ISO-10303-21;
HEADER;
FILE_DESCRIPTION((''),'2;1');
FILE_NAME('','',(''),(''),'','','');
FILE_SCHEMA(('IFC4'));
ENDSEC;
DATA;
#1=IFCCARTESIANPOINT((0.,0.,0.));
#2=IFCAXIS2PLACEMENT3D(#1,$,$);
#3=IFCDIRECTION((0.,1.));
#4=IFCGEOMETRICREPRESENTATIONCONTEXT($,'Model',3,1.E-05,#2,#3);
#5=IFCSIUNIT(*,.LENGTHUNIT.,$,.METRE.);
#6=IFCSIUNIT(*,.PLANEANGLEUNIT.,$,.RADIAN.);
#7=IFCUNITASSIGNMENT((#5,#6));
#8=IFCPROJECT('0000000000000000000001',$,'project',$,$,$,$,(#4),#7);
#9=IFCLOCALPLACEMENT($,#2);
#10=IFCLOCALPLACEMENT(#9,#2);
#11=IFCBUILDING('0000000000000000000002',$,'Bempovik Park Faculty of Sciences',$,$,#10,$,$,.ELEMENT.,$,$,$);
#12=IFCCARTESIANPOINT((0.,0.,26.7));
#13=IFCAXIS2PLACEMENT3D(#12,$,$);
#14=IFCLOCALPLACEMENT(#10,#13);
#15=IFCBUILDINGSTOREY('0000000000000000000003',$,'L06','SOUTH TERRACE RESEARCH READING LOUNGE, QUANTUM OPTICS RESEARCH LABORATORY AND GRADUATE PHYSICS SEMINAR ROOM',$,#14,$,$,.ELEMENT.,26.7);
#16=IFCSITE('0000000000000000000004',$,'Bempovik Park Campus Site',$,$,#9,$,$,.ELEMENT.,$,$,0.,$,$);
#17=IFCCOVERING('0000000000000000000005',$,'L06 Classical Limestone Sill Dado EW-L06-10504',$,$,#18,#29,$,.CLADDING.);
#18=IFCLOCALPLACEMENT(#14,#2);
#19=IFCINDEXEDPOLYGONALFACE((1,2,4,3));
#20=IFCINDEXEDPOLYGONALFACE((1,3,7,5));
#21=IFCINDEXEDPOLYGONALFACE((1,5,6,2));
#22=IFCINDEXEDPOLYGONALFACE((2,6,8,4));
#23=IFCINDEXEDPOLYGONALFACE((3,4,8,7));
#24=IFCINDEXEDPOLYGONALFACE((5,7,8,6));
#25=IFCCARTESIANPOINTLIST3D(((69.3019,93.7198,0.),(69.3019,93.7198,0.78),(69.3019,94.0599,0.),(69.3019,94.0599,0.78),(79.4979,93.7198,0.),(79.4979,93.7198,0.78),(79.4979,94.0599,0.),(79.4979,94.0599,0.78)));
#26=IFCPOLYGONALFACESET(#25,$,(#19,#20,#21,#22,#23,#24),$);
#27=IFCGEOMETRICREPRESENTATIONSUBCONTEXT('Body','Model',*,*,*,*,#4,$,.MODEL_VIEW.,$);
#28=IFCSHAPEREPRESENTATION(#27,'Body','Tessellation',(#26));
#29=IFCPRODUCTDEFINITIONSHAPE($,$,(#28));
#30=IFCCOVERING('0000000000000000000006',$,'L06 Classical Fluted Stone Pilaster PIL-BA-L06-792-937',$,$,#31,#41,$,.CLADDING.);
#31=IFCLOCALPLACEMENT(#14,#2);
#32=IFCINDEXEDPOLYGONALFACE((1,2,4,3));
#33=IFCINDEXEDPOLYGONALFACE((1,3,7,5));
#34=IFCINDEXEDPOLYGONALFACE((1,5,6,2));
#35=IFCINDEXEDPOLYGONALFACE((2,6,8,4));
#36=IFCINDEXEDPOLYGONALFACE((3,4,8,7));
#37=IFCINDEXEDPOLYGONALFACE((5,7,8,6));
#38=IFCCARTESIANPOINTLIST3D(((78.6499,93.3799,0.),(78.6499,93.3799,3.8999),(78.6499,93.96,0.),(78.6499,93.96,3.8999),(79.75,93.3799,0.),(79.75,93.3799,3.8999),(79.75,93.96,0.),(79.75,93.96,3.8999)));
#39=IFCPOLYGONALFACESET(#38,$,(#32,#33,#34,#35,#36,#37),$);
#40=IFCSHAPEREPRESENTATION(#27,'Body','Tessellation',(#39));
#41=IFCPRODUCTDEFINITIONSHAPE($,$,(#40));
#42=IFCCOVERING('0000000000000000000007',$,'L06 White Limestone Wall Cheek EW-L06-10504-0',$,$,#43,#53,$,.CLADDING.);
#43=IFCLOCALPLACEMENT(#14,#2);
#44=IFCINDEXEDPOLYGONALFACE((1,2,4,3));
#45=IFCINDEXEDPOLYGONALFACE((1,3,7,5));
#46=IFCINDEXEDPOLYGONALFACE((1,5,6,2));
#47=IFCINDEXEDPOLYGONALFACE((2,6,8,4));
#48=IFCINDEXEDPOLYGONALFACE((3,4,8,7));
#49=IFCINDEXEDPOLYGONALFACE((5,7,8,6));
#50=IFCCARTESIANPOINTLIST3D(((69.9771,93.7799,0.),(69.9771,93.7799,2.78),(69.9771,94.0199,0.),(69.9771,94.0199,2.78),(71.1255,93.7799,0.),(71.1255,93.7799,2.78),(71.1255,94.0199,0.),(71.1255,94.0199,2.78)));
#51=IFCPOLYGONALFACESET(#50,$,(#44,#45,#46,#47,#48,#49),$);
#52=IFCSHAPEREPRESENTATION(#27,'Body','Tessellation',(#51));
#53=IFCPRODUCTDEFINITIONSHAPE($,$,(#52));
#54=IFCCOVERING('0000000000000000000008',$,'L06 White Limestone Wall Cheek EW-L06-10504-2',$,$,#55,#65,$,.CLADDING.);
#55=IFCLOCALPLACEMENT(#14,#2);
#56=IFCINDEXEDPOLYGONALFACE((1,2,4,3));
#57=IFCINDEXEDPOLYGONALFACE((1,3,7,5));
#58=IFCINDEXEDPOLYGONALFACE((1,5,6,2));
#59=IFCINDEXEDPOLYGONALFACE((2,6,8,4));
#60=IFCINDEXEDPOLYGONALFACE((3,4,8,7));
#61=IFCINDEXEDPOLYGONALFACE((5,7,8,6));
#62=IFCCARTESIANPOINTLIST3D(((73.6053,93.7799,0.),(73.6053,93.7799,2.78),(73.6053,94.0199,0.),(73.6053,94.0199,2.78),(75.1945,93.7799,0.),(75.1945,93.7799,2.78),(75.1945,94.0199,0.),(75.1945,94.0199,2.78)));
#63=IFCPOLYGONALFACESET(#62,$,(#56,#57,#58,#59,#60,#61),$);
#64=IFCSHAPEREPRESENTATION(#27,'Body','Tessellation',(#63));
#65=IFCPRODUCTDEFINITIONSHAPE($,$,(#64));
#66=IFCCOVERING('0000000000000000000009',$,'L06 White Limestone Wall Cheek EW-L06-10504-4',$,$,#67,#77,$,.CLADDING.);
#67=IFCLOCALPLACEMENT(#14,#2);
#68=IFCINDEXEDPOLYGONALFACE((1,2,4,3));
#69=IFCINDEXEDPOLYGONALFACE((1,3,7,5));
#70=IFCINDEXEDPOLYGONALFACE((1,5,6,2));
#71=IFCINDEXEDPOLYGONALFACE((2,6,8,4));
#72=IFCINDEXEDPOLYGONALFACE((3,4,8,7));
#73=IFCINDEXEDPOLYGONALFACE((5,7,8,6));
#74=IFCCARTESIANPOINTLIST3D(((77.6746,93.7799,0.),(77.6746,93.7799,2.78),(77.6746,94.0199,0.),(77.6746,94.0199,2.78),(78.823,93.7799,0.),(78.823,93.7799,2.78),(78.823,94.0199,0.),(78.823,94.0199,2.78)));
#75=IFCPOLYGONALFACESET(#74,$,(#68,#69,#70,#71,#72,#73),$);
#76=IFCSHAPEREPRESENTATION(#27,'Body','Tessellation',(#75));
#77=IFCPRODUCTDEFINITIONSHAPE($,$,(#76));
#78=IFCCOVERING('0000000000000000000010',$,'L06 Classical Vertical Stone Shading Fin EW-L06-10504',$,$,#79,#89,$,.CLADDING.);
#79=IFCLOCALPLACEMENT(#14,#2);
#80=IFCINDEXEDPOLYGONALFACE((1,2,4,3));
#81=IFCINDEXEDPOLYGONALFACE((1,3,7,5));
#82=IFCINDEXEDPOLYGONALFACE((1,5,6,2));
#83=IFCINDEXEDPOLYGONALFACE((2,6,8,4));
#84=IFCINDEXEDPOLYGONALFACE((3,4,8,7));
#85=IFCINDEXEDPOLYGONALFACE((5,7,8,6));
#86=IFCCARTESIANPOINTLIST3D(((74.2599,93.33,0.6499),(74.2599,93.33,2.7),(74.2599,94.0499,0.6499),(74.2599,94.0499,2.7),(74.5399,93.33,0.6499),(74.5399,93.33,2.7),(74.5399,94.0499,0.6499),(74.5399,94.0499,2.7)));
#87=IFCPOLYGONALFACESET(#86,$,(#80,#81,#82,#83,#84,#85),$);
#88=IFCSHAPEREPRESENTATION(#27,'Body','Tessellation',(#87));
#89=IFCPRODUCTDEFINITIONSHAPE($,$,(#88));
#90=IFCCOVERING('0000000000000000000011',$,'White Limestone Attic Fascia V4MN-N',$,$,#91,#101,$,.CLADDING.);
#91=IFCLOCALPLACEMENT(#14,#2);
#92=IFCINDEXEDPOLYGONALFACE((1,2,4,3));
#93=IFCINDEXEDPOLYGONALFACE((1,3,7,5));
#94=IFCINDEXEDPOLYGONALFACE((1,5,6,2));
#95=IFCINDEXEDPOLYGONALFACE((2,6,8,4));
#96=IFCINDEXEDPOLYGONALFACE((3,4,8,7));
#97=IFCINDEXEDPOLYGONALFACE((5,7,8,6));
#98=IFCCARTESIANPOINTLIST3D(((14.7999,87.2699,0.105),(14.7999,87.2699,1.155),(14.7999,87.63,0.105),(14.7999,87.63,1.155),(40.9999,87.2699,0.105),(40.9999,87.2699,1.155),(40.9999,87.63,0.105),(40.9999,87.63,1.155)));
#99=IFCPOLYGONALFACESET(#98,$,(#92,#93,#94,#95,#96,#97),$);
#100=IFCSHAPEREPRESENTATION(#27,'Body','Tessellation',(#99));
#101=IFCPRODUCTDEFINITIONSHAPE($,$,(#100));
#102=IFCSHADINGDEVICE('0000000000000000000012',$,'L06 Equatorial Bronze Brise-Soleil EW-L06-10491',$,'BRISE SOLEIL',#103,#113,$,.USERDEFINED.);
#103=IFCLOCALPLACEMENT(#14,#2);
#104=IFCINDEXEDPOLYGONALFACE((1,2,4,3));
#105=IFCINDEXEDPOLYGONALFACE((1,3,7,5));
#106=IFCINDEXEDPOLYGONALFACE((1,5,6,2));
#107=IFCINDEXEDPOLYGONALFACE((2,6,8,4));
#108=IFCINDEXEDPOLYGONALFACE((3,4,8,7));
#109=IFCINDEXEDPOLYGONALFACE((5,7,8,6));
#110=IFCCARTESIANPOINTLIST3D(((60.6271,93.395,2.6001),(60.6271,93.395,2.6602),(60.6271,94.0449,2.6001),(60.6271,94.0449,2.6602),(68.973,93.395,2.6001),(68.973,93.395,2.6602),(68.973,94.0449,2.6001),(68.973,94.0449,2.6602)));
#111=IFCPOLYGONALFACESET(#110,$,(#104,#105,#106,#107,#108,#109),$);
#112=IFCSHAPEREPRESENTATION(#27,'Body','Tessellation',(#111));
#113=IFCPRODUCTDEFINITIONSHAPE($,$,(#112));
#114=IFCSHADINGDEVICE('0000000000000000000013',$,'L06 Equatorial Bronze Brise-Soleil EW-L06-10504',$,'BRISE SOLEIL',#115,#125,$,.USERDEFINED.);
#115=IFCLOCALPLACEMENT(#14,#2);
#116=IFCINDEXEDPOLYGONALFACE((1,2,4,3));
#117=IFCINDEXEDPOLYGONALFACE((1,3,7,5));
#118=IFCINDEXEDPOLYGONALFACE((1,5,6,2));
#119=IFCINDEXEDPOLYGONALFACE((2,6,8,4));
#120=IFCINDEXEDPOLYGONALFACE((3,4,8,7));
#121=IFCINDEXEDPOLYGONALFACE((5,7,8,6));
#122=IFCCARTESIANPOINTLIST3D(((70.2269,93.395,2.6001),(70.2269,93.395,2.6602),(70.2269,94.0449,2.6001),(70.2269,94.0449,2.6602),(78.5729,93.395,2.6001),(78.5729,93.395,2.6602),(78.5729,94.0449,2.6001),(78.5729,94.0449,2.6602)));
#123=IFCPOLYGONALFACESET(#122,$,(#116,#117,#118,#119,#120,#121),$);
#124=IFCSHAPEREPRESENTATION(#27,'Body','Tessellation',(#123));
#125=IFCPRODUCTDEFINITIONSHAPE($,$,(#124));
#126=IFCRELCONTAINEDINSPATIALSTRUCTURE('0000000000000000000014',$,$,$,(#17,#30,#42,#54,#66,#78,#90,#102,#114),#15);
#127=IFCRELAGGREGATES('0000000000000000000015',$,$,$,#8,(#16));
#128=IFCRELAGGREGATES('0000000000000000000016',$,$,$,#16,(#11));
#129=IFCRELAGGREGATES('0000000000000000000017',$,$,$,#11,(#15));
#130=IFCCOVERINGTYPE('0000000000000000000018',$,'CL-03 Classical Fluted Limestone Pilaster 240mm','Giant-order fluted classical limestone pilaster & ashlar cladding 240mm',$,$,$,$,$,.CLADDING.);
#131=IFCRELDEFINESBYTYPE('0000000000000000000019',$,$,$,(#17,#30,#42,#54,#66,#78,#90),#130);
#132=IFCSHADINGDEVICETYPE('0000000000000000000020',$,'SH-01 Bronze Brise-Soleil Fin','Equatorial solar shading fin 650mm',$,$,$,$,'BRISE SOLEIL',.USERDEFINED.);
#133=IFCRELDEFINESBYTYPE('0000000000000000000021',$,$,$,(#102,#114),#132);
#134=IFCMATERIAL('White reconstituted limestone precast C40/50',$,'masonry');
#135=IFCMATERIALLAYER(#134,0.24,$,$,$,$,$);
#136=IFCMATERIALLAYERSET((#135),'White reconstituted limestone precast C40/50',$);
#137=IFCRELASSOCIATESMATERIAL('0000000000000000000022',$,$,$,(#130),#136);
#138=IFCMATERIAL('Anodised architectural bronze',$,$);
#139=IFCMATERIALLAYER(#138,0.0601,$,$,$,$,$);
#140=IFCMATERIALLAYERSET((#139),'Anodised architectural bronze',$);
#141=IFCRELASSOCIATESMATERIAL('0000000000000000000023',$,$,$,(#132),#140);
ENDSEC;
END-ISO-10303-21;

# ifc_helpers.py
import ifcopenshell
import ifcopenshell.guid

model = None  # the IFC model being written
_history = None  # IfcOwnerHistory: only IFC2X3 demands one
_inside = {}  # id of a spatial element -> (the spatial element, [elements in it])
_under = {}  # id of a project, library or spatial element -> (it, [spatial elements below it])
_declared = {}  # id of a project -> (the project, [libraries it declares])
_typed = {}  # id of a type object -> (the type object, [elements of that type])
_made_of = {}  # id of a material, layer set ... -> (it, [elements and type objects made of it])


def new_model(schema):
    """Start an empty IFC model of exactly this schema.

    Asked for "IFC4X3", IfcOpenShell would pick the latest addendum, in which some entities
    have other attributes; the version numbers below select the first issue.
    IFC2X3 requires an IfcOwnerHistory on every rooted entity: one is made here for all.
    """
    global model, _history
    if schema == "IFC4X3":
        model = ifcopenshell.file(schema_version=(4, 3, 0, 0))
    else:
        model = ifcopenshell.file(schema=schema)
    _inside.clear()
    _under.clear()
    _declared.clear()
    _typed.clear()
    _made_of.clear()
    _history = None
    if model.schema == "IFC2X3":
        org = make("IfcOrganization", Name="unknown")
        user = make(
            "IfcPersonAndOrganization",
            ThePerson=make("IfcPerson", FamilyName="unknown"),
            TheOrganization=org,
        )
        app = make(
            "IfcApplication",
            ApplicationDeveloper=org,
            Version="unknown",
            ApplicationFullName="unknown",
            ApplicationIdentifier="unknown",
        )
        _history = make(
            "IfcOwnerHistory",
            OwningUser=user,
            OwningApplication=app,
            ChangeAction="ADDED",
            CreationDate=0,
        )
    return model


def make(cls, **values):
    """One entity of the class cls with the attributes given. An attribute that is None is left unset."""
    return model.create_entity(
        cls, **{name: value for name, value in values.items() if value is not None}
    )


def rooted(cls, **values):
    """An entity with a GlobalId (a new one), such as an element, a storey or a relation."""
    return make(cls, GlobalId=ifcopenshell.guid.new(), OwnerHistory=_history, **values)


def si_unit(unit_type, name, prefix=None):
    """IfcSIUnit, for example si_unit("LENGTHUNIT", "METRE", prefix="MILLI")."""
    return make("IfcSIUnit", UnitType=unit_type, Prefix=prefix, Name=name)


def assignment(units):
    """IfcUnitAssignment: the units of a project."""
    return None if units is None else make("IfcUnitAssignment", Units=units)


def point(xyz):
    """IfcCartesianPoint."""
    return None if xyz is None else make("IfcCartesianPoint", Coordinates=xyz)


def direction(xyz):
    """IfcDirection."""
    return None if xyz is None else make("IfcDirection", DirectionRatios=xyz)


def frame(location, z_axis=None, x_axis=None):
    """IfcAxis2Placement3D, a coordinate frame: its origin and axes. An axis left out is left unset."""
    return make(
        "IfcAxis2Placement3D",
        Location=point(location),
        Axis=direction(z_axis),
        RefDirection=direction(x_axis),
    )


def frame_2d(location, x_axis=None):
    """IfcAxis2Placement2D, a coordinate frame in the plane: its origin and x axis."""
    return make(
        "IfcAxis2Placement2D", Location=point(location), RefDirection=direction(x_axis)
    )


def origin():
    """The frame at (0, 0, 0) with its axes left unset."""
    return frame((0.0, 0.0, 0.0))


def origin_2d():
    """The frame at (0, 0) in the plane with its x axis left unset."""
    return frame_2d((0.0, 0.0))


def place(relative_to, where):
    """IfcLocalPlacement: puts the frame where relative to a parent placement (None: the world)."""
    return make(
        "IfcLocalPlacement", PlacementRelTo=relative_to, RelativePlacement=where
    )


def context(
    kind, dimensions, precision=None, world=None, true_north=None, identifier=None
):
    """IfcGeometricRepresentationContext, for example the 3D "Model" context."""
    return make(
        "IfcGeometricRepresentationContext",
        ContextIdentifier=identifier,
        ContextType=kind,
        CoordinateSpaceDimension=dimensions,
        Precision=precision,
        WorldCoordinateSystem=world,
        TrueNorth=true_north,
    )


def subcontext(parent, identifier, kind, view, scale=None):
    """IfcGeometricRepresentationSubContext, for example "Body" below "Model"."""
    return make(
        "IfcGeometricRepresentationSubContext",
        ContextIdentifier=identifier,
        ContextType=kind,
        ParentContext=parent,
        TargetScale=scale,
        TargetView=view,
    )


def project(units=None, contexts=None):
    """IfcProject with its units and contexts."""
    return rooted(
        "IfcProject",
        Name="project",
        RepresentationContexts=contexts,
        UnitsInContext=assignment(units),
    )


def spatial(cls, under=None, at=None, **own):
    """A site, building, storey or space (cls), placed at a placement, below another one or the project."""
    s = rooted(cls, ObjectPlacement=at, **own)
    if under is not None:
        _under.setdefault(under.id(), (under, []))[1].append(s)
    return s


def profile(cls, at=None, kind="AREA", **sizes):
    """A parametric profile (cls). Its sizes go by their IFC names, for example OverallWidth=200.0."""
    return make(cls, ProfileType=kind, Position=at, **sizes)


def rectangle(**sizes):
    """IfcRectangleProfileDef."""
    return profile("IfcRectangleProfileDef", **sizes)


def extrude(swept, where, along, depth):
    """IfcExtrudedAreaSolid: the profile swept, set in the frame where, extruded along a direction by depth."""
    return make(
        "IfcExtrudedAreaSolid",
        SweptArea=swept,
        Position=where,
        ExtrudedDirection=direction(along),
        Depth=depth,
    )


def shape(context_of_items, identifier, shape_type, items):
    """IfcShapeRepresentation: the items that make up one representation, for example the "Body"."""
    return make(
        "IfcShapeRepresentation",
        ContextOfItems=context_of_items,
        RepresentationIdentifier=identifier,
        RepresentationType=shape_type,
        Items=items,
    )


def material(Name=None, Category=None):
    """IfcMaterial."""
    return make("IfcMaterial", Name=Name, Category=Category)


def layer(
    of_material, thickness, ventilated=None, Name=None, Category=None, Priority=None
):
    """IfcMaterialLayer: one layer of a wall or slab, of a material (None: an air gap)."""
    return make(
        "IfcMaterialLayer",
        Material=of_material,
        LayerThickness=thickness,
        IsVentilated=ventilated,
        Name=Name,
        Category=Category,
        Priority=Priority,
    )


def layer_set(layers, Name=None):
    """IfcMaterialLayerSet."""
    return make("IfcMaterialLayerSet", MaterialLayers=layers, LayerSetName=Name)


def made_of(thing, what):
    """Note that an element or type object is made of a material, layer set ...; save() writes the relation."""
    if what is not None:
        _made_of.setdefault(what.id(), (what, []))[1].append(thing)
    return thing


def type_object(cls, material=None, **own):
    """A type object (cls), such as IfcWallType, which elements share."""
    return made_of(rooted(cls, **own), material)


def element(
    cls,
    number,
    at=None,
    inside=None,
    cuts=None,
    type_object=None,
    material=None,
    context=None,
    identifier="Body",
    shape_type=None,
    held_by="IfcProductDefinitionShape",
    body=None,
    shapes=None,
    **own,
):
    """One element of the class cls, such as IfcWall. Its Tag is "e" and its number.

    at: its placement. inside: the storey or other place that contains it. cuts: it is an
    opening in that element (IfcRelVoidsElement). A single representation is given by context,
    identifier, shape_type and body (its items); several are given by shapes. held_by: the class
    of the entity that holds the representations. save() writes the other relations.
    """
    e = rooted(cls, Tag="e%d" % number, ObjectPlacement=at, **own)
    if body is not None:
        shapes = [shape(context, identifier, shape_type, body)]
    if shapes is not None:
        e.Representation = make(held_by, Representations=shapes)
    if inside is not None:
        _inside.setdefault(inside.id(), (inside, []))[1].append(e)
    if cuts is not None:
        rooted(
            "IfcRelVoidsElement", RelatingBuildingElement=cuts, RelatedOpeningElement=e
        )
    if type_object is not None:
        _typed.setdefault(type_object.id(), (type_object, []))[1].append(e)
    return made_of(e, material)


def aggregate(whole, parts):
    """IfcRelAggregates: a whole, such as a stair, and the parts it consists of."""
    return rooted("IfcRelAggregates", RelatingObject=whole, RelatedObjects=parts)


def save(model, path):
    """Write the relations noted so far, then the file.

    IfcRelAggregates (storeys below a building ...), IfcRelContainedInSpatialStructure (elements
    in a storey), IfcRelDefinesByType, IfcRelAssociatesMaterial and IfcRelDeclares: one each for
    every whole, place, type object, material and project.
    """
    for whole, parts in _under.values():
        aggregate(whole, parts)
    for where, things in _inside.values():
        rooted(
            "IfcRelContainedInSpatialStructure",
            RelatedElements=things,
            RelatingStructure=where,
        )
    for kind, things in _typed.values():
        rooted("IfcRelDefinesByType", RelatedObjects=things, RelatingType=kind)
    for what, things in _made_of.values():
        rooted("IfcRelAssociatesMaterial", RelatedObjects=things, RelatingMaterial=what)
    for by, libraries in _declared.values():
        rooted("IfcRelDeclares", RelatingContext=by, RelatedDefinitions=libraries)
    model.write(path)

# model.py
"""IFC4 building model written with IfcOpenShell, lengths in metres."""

from ifc_helpers import new_model, si_unit, direction, frame, origin, origin_2d, place, context, subcontext, project, spatial, rectangle, extrude, material, layer, layer_set, type_object, element, save


model = new_model("IFC4")

# Units and contexts
model_context = context("Model", 3, precision=1e-05, world=origin(), true_north=direction((0.0, 1.0)))
body_context = subcontext(model_context, "Body", "Model", "MODEL_VIEW")
ifc_project = project(units=[si_unit("LENGTHUNIT", "METRE"), si_unit("PLANEANGLEUNIT", "RADIAN")], contexts=[model_context])

# Site, building, storey
site_placement = place(None, origin())
site = spatial("IfcSite", under=ifc_project, at=site_placement, Name="Bempovik Park Campus Site", CompositionType="ELEMENT", RefElevation=0.0)
building_placement = place(site_placement, origin())
building = spatial("IfcBuilding", under=site, at=building_placement, Name="Bempovik Park Faculty of Sciences", CompositionType="ELEMENT")
storey_placement = place(building_placement, frame((0.0, 0.0, 26.7)))
storey = spatial("IfcBuildingStorey", under=building, at=storey_placement, Name="L06", Description="SOUTH TERRACE RESEARCH READING LOUNGE, QUANTUM OPTICS RESEARCH LABORATORY AND GRADUATE PHYSICS SEMINAR ROOM", CompositionType="ELEMENT", Elevation=26.7)

# Coverings
ifc_material_1 = material(Name="White reconstituted limestone precast C40/50", Category="masonry")
ifc_layer_1 = layer(ifc_material_1, 0.24)
ifc_layer_set_1 = layer_set([ifc_layer_1], Name="White reconstituted limestone precast C40/50")
covering_type_1 = type_object("IfcCoveringType", Name="CL-03 Classical Fluted Limestone Pilaster 240mm", Description="Giant-order fluted classical limestone pilaster & ashlar cladding 240mm", PredefinedType="CLADDING", material=ifc_layer_set_1)
covering_1_placement = place(storey_placement, frame((74.3999, 93.8899, 0.0), z_axis=(0.0, 0.0, 1.0), x_axis=(1.0, 0.0, 0.0)))
element("IfcCovering", 1, at=covering_1_placement, inside=storey, type_object=covering_type_1, Name="L06 Classical Limestone Sill Dado EW-L06-10504", PredefinedType="CLADDING", context=body_context, shape_type="SweptSolid", body=[
    extrude(rectangle(XDim=10.196, YDim=0.3401, at=origin_2d()), origin(), (0.0, 0.0, 1.0), 0.78),
])
covering_2_placement = place(storey_placement, frame((79.2, 93.6699, 0.0), z_axis=(0.0, 0.0, 1.0), x_axis=(1.0, 0.0, 0.0)))
element("IfcCovering", 2, at=covering_2_placement, inside=storey, type_object=covering_type_1, Name="L06 Classical Fluted Stone Pilaster PIL-BA-L06-792-937", PredefinedType="CLADDING", context=body_context, shape_type="SweptSolid", body=[
    extrude(rectangle(XDim=1.1001, YDim=0.5801, at=origin_2d()), origin(), (0.0, 0.0, 1.0), 3.8999),
])
covering_3_placement = place(storey_placement, frame((70.5513, 93.8999, 0.0), z_axis=(0.0, 0.0, 1.0), x_axis=(1.0, 0.0, 0.0)))
element("IfcCovering", 3, at=covering_3_placement, inside=storey, type_object=covering_type_1, Name="L06 White Limestone Wall Cheek EW-L06-10504-0", PredefinedType="CLADDING", context=body_context, shape_type="SweptSolid", body=[
    extrude(rectangle(XDim=1.1484, YDim=0.24, at=origin_2d()), origin(), (0.0, 0.0, 1.0), 2.78),
])
covering_4_placement = place(storey_placement, frame((74.3999, 93.8999, 0.0), z_axis=(0.0, 0.0, 1.0), x_axis=(1.0, 0.0, 0.0)))
element("IfcCovering", 4, at=covering_4_placement, inside=storey, type_object=covering_type_1, Name="L06 White Limestone Wall Cheek EW-L06-10504-2", PredefinedType="CLADDING", context=body_context, shape_type="SweptSolid", body=[
    extrude(rectangle(XDim=1.5891, YDim=0.24, at=origin_2d()), origin(), (0.0, 0.0, 1.0), 2.78),
])
covering_5_placement = place(storey_placement, frame((78.2488, 93.8999, 0.0), z_axis=(0.0, 0.0, 1.0), x_axis=(1.0, 0.0, 0.0)))
element("IfcCovering", 5, at=covering_5_placement, inside=storey, type_object=covering_type_1, Name="L06 White Limestone Wall Cheek EW-L06-10504-4", PredefinedType="CLADDING", context=body_context, shape_type="SweptSolid", body=[
    extrude(rectangle(XDim=1.1484, YDim=0.24, at=origin_2d()), origin(), (0.0, 0.0, 1.0), 2.78),
])
covering_6_placement = place(storey_placement, frame((74.3999, 93.6899, 0.6499), z_axis=(0.0, 0.0, 1.0), x_axis=(1.0, 0.0, 0.0)))
element("IfcCovering", 6, at=covering_6_placement, inside=storey, type_object=covering_type_1, Name="L06 Classical Vertical Stone Shading Fin EW-L06-10504", PredefinedType="CLADDING", context=body_context, shape_type="SweptSolid", body=[
    extrude(rectangle(XDim=0.28, YDim=0.72, at=origin_2d()), origin(), (0.0, 0.0, 1.0), 2.05),
])
covering_7_placement = place(storey_placement, frame((27.8999, 87.45, 0.105), z_axis=(0.0, 0.0, 1.0), x_axis=(1.0, 0.0, 0.0)))
element("IfcCovering", 7, at=covering_7_placement, inside=storey, type_object=covering_type_1, Name="White Limestone Attic Fascia V4MN-N", PredefinedType="CLADDING", context=body_context, shape_type="SweptSolid", body=[
    extrude(rectangle(XDim=26.2, YDim=0.3601, at=origin_2d()), origin(), (0.0, 0.0, 1.0), 1.05),
])

# Shading devices
ifc_material_2 = material(Name="Anodised architectural bronze")
ifc_layer_2 = layer(ifc_material_2, 0.0601)
ifc_layer_set_2 = layer_set([ifc_layer_2], Name="Anodised architectural bronze")
shading_device_type = type_object("IfcShadingDeviceType", Name="SH-01 Bronze Brise-Soleil Fin", Description="Equatorial solar shading fin 650mm", ElementType="BRISE SOLEIL", PredefinedType="USERDEFINED", material=ifc_layer_set_2)
for number, where, z_axis, x_axis, name in (
    (8, (64.8, 93.72, 2.6001), (0.0, 0.0, 1.0), (1.0, 0.0, 0.0), "L06 Equatorial Bronze Brise-Soleil EW-L06-10491"),
    (9, (74.3999, 93.72, 2.6001), (0.0, 0.0, 1.0), (1.0, 0.0, 0.0), "L06 Equatorial Bronze Brise-Soleil EW-L06-10504"),
):
    element("IfcShadingDevice", number, at=place(storey_placement, frame(where, z_axis=z_axis, x_axis=x_axis)), inside=storey, type_object=shading_device_type, Name=name, ObjectType="BRISE SOLEIL", PredefinedType="USERDEFINED", context=body_context, shape_type="SweptSolid", body=[
        extrude(rectangle(XDim=8.3459, YDim=0.6499, at=origin_2d()), origin(), (0.0, 0.0, 1.0), 0.0601),
    ])

save(model, "model.ifc")
